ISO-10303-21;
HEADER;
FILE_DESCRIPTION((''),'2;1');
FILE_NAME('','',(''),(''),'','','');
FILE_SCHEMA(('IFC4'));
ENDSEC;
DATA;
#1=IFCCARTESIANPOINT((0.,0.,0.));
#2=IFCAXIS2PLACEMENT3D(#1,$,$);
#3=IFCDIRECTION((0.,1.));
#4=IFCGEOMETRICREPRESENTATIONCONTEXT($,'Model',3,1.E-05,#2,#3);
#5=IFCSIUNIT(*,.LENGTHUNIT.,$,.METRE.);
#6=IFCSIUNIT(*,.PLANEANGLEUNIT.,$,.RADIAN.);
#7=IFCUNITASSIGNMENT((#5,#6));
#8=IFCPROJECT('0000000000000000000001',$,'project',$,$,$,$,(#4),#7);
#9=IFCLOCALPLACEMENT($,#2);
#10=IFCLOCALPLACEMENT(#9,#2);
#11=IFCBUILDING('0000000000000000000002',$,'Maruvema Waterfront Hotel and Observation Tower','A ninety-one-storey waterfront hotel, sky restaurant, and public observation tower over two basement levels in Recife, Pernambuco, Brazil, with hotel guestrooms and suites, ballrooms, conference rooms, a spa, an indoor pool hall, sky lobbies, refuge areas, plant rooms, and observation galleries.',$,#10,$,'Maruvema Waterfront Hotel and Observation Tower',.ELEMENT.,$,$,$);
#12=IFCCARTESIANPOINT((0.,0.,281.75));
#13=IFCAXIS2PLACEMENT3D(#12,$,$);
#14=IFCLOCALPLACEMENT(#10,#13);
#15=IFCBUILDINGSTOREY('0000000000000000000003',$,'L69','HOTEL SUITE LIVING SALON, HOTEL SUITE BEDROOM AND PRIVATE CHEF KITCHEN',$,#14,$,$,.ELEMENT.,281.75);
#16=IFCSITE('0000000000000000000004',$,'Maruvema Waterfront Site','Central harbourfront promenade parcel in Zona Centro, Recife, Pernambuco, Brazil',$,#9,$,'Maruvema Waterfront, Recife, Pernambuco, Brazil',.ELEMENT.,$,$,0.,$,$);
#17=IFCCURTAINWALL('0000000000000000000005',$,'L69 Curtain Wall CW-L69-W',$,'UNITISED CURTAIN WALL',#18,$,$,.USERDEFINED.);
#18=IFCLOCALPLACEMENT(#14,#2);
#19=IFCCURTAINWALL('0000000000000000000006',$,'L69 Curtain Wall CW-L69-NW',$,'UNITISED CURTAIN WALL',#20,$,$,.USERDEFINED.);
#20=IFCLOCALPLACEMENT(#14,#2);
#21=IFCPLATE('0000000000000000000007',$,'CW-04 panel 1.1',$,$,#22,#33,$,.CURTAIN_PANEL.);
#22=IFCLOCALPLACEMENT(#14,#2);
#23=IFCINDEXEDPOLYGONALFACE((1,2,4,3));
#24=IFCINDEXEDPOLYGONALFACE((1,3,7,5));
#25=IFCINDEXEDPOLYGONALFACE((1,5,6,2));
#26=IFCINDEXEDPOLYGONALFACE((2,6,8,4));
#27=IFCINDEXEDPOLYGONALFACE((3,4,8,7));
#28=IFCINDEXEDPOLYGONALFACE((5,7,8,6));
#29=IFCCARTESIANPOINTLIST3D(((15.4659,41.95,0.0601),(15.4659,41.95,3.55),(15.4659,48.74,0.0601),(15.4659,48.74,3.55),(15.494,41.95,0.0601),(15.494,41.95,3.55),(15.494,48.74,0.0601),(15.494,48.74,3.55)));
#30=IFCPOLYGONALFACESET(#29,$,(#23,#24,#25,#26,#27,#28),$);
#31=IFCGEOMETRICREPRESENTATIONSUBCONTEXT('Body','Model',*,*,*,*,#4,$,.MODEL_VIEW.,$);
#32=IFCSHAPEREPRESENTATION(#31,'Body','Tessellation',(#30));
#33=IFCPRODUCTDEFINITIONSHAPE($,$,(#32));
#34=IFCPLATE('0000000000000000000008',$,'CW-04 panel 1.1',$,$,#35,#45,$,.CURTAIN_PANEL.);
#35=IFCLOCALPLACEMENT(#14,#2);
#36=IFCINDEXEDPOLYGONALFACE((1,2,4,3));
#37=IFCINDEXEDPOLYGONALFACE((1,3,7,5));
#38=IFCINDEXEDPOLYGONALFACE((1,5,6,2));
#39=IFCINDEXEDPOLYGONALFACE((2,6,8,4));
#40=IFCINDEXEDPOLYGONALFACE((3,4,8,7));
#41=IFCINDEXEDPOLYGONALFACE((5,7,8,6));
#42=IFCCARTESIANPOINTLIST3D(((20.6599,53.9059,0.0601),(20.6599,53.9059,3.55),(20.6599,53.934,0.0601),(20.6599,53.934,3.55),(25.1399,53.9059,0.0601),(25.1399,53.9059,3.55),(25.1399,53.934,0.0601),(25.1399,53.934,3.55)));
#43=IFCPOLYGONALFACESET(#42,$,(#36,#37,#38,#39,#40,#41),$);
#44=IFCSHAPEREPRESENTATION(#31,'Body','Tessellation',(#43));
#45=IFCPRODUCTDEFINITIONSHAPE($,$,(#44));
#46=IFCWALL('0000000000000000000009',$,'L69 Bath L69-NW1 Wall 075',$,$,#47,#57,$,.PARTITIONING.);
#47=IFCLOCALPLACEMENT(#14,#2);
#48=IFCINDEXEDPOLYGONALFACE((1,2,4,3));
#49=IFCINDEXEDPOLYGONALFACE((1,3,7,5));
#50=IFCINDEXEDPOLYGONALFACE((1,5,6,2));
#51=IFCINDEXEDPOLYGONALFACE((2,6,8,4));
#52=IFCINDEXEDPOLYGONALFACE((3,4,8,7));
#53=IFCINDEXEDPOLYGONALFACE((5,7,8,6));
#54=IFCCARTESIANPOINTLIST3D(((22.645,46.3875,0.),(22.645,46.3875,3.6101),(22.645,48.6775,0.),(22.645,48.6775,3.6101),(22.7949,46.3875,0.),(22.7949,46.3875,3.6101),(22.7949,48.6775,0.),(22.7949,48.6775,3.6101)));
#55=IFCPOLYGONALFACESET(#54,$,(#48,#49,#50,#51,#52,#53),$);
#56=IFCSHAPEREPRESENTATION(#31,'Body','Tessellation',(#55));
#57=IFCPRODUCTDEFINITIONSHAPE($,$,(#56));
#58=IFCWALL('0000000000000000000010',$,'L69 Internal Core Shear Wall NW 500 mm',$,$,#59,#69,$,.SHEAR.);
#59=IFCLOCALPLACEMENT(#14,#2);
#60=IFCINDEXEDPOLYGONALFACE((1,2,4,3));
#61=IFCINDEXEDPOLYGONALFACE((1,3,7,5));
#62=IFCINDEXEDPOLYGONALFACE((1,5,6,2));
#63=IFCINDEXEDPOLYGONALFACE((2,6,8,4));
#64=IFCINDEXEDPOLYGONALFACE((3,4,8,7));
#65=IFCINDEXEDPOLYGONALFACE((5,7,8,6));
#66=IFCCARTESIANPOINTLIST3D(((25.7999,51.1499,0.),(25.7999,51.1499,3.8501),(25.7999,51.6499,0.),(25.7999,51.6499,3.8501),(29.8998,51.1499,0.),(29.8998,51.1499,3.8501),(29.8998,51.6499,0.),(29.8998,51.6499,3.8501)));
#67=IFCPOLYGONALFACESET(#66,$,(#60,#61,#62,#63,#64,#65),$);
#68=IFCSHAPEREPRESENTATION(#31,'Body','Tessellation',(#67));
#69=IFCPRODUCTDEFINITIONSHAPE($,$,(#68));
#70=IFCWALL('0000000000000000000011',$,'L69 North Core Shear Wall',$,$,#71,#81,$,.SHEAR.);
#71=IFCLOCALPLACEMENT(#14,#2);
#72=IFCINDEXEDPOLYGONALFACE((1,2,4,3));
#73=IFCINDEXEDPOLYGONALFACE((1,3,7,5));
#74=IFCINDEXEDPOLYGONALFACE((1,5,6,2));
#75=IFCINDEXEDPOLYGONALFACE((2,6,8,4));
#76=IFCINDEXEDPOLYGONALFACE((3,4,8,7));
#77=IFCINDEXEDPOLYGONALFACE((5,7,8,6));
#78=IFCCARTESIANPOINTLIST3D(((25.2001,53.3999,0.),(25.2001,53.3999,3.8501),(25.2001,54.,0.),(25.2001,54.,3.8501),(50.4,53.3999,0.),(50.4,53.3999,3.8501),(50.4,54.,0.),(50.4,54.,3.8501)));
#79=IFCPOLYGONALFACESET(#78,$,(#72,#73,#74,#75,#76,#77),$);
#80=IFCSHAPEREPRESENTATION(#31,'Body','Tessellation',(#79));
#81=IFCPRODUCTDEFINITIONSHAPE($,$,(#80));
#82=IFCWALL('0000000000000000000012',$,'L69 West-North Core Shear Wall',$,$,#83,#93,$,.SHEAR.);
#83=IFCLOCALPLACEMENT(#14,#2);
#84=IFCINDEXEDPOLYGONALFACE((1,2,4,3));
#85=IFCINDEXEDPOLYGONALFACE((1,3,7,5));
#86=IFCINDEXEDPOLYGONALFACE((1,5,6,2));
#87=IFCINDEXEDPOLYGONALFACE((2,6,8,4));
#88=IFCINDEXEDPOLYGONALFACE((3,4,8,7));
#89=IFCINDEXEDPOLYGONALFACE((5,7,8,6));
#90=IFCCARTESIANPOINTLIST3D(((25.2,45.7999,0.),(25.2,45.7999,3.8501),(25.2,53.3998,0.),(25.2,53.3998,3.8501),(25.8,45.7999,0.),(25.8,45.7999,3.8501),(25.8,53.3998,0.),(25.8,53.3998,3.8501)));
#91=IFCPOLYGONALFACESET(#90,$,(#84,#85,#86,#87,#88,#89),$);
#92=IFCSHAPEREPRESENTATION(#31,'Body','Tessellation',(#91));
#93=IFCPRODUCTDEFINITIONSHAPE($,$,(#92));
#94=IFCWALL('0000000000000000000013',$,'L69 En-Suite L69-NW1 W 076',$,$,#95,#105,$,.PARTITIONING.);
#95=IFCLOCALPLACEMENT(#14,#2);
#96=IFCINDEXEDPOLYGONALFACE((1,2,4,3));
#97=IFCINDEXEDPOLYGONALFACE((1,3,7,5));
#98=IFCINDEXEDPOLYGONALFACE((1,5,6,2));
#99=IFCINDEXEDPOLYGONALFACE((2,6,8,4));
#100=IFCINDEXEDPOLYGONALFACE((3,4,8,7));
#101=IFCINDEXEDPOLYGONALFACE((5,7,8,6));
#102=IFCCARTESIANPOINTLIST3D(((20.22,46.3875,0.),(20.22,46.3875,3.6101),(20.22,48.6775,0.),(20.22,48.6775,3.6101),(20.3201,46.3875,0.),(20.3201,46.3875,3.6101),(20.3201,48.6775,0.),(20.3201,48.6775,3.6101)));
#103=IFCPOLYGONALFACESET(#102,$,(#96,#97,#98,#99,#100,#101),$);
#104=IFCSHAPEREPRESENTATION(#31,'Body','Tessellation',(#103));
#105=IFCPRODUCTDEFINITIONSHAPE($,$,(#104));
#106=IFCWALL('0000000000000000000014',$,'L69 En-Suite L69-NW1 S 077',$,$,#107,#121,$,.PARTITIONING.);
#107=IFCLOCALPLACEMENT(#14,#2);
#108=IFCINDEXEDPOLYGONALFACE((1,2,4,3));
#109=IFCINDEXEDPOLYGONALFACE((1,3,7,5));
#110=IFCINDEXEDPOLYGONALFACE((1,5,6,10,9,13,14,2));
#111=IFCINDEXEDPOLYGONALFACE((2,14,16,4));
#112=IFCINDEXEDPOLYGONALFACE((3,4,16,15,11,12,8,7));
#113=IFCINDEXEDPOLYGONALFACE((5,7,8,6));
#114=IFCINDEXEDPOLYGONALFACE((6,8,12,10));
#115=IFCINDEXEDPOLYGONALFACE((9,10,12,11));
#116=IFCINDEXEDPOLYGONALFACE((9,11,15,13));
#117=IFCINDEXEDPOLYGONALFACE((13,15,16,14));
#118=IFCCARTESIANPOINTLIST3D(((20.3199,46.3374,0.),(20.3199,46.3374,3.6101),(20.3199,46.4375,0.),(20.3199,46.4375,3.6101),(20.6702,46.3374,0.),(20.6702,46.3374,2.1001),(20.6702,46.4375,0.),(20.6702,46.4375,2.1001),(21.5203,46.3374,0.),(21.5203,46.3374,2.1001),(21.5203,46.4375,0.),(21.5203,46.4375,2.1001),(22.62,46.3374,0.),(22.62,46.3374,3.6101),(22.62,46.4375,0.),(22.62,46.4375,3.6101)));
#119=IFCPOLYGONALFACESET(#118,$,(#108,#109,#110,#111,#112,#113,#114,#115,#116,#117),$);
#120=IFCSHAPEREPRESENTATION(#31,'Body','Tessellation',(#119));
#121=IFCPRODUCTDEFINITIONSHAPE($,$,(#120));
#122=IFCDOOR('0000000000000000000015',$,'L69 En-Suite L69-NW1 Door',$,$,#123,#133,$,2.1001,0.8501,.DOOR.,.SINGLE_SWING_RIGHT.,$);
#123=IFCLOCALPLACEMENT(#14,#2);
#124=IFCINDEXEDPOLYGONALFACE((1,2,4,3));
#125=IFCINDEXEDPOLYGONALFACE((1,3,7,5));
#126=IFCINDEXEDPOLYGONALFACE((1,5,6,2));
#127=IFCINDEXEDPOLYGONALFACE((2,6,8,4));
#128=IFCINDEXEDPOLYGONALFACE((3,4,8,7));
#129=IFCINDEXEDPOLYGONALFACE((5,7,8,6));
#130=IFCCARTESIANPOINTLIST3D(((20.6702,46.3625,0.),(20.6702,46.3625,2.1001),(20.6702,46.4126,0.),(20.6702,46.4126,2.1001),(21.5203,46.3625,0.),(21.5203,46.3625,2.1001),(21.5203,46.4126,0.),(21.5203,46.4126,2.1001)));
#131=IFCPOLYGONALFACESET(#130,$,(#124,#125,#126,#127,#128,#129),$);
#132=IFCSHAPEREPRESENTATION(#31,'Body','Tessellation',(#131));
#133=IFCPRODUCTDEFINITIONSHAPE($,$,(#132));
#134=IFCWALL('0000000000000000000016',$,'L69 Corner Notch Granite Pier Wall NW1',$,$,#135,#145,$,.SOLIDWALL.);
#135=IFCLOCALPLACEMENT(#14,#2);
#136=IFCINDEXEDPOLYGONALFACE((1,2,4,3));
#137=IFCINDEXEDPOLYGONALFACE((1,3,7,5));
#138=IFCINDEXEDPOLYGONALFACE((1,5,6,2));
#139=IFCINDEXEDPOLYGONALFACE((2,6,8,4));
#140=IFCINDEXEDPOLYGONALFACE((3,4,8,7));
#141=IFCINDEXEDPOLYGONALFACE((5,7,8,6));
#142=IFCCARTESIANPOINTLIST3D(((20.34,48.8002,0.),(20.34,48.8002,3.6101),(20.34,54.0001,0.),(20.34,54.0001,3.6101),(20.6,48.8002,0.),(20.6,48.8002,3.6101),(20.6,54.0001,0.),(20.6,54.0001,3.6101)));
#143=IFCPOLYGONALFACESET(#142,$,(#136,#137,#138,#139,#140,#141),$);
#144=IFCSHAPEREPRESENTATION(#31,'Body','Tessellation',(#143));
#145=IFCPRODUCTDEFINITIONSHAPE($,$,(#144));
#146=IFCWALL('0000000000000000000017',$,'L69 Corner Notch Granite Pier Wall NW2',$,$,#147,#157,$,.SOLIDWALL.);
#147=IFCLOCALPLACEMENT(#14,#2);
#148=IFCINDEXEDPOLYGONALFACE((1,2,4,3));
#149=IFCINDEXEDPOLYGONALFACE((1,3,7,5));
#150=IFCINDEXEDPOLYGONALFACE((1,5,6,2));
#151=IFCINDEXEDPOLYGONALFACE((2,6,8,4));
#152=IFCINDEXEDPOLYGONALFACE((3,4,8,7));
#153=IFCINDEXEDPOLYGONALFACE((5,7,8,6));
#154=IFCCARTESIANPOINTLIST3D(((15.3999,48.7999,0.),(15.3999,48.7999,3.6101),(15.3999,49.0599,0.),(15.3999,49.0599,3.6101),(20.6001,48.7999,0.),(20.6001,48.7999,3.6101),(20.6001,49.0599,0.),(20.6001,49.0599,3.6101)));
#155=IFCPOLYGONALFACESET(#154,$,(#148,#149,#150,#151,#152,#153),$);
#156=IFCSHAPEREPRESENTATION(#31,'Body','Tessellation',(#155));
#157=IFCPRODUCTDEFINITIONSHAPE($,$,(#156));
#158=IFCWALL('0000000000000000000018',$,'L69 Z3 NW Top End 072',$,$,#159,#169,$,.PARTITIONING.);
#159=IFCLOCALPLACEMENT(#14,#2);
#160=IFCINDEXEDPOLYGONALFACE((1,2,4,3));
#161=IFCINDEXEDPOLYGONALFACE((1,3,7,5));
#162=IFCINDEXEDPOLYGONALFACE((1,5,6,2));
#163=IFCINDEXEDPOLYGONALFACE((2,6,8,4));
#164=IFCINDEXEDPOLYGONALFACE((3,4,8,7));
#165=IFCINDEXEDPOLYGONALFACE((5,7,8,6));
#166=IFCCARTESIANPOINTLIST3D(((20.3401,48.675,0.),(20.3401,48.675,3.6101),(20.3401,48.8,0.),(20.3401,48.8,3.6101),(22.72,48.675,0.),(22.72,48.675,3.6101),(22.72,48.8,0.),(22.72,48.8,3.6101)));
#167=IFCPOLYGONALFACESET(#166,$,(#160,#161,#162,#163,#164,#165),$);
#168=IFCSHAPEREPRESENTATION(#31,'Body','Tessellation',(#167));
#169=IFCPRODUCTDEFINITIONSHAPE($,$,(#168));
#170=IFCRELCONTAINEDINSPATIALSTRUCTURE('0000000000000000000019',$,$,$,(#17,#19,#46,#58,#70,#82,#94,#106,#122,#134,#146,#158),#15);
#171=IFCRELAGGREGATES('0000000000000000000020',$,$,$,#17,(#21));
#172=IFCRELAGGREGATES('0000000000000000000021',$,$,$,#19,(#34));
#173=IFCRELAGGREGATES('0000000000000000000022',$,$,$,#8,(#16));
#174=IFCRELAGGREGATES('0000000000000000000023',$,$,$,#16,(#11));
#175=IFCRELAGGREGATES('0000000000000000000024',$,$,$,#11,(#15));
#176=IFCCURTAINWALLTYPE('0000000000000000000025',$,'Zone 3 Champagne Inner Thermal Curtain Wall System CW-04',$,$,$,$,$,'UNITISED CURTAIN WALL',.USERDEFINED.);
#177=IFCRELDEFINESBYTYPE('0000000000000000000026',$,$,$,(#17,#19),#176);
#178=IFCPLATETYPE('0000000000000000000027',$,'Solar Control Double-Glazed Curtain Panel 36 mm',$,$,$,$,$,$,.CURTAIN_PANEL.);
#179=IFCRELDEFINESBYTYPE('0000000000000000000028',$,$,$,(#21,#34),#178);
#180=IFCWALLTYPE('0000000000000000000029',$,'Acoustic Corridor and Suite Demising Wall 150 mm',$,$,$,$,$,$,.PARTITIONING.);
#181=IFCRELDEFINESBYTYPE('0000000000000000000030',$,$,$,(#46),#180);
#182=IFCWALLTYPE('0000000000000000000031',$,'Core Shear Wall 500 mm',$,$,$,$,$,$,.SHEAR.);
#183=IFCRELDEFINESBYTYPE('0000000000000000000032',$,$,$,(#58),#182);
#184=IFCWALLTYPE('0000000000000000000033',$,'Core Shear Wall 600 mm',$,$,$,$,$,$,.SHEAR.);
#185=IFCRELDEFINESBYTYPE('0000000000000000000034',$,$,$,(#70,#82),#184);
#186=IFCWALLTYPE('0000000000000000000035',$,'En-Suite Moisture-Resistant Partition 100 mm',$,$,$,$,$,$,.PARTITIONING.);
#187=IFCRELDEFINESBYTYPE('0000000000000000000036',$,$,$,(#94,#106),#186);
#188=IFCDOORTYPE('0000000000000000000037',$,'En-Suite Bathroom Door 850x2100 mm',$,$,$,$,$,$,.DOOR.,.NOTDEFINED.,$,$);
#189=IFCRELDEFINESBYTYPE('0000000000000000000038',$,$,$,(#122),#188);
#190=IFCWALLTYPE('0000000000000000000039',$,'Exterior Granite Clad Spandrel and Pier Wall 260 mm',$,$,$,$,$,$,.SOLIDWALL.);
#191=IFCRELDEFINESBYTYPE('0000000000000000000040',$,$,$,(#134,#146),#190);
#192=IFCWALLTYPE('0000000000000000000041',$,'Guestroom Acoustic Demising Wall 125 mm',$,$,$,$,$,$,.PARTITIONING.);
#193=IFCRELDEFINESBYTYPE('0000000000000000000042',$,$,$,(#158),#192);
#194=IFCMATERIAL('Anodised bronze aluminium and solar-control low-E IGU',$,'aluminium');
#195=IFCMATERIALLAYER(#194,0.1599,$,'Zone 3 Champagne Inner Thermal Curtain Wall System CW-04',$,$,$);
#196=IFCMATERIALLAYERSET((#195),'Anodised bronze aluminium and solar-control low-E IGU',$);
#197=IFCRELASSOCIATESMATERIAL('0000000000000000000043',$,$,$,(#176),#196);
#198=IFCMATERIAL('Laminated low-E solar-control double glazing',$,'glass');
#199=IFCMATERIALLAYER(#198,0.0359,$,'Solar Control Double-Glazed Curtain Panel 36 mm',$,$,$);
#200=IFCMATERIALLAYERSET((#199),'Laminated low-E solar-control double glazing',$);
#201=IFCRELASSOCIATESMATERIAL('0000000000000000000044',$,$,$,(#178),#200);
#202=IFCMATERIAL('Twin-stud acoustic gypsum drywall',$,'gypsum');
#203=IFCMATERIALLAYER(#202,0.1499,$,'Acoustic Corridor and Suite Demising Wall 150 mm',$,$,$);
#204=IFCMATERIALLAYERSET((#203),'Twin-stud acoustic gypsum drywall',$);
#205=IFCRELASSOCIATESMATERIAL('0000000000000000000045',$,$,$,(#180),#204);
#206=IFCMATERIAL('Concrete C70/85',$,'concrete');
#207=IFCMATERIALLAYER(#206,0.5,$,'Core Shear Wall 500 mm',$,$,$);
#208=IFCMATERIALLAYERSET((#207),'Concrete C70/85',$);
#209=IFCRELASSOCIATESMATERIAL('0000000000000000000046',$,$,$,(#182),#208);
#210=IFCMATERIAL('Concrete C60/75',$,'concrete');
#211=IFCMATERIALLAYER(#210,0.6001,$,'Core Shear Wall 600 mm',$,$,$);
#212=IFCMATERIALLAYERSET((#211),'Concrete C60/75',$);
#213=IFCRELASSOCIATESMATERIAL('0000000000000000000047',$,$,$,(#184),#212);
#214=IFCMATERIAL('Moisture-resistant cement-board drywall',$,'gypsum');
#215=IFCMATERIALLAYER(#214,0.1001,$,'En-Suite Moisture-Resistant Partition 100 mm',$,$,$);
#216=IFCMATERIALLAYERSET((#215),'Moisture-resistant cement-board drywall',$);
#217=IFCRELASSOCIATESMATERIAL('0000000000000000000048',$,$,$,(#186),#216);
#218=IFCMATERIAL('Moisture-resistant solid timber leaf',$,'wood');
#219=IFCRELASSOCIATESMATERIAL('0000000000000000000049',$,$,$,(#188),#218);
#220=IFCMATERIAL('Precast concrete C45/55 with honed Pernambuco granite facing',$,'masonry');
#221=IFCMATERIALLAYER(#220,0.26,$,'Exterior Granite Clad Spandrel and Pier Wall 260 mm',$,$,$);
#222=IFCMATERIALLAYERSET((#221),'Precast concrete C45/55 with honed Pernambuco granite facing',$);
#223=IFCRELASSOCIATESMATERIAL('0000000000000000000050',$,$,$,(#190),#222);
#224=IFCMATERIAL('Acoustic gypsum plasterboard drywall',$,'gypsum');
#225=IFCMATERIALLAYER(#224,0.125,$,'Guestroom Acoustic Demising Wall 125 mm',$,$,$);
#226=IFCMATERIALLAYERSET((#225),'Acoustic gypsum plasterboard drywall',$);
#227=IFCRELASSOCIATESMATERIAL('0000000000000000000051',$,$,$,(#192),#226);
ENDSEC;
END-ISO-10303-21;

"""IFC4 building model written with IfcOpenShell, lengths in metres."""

from ifc_helpers import new_model, si_unit, direction, frame, frame_2d, origin, origin_2d, place, context, subcontext, project, spatial, rectangle, extrude, material, layer, layer_set, type_object, element, fill, aggregate, save


model = new_model("IFC4")

# Units and contexts
model_context = context("Model", 3, precision=1e-05, world=origin(), true_north=direction((0.0, 1.0)))
body_context = subcontext(model_context, "Body", "Model", "MODEL_VIEW")
ifc_project = project(units=[si_unit("LENGTHUNIT", "METRE"), si_unit("PLANEANGLEUNIT", "RADIAN")], contexts=[model_context])

# Site, building, storey
site_placement = place(None, origin())
site = spatial("IfcSite", under=ifc_project, at=site_placement, Name="Maruvema Waterfront Site", Description="Central harbourfront promenade parcel in Zona Centro, Recife, Pernambuco, Brazil", LongName="Maruvema Waterfront, Recife, Pernambuco, Brazil", CompositionType="ELEMENT", RefElevation=0.0)
building_placement = place(site_placement, origin())
building = spatial("IfcBuilding", under=site, at=building_placement, Name="Maruvema Waterfront Hotel and Observation Tower", Description="A ninety-one-storey waterfront hotel, sky restaurant, and public observation tower over two basement levels in Recife, Pernambuco, Brazil, with hotel guestrooms and suites, ballrooms, conference rooms, a spa, an indoor pool hall, sky lobbies, refuge areas, plant rooms, and observation galleries.", LongName="Maruvema Waterfront Hotel and Observation Tower", CompositionType="ELEMENT")
storey_placement = place(building_placement, frame((0.0, 0.0, 281.75)))
storey = spatial("IfcBuildingStorey", under=building, at=storey_placement, Name="L69", Description="HOTEL SUITE LIVING SALON, HOTEL SUITE BEDROOM AND PRIVATE CHEF KITCHEN", CompositionType="ELEMENT", Elevation=281.75)

# Curtain walls
ifc_material_1 = material(Name="Anodised bronze aluminium and solar-control low-E IGU", Category="aluminium")
ifc_layer_1 = layer(ifc_material_1, 0.1599, Name="Zone 3 Champagne Inner Thermal Curtain Wall System CW-04")
ifc_layer_set_1 = layer_set([ifc_layer_1], Name="Anodised bronze aluminium and solar-control low-E IGU")
curtain_wall_type = type_object("IfcCurtainWallType", Name="Zone 3 Champagne Inner Thermal Curtain Wall System CW-04", ElementType="UNITISED CURTAIN WALL", PredefinedType="USERDEFINED", material=ifc_layer_set_1)
curtain_wall_1_placement = place(storey_placement, origin())
curtain_wall_1 = element("IfcCurtainWall", 1, at=curtain_wall_1_placement, inside=storey, type_object=curtain_wall_type, Name="L69 Curtain Wall CW-L69-W", ObjectType="UNITISED CURTAIN WALL", PredefinedType="USERDEFINED")
curtain_wall_2_placement = place(storey_placement, origin())
curtain_wall_2 = element("IfcCurtainWall", 2, at=curtain_wall_2_placement, inside=storey, type_object=curtain_wall_type, Name="L69 Curtain Wall CW-L69-NW", ObjectType="UNITISED CURTAIN WALL", PredefinedType="USERDEFINED")

# Plates
ifc_material_2 = material(Name="Laminated low-E solar-control double glazing", Category="glass")
ifc_layer_2 = layer(ifc_material_2, 0.0359, Name="Solar Control Double-Glazed Curtain Panel 36 mm")
ifc_layer_set_2 = layer_set([ifc_layer_2], Name="Laminated low-E solar-control double glazing")
plate_type = type_object("IfcPlateType", Name="Solar Control Double-Glazed Curtain Panel 36 mm", PredefinedType="CURTAIN_PANEL", material=ifc_layer_set_2)
plate_1_placement = place(storey_placement, frame((15.48, 45.345, 0.0601), z_axis=(0.0, 0.0, 1.0), x_axis=(0.0, -1.0, 0.0)))
plate_1 = element("IfcPlate", 3, at=plate_1_placement, type_object=plate_type, Name="CW-04 panel 1.1", PredefinedType="CURTAIN_PANEL", context=body_context, shape_type="SweptSolid", body=[
    extrude(rectangle(XDim=6.79, YDim=0.0281, at=origin_2d()), origin(), (0.0, 0.0, 1.0), 3.49),
])
aggregate(curtain_wall_1, [plate_1])
plate_2_placement = place(storey_placement, frame((22.8999, 53.9199, 0.0601), z_axis=(0.0, 0.0, 1.0), x_axis=(-1.0, 0.0, 0.0)))
plate_2 = element("IfcPlate", 4, at=plate_2_placement, type_object=plate_type, Name="CW-04 panel 1.1", PredefinedType="CURTAIN_PANEL", context=body_context, shape_type="SweptSolid", body=[
    extrude(rectangle(XDim=4.48, YDim=0.0281, at=origin_2d()), origin(), (0.0, 0.0, 1.0), 3.49),
])
aggregate(curtain_wall_2, [plate_2])

# Walls
ifc_material_3 = material(Name="Twin-stud acoustic gypsum drywall", Category="gypsum")
ifc_layer_3 = layer(ifc_material_3, 0.1499, Name="Acoustic Corridor and Suite Demising Wall 150 mm")
ifc_layer_set_3 = layer_set([ifc_layer_3], Name="Twin-stud acoustic gypsum drywall")
wall_type_1 = type_object("IfcWallType", Name="Acoustic Corridor and Suite Demising Wall 150 mm", PredefinedType="PARTITIONING", material=ifc_layer_set_3)
wall_1_placement = place(storey_placement, frame((22.72, 46.3875, 0.0), z_axis=(0.0, 0.0, 1.0), x_axis=(0.0, 1.0, 0.0)))
element("IfcWall", 5, at=wall_1_placement, inside=storey, type_object=wall_type_1, Name="L69 Bath L69-NW1 Wall 075", PredefinedType="PARTITIONING", context=body_context, shape_type="SweptSolid", body=[
    extrude(rectangle(XDim=2.29, YDim=0.1499, at=frame_2d((1.145, 0.0))), origin(), (0.0, 0.0, 1.0), 3.6101),
])
ifc_material_4 = material(Name="Concrete C70/85", Category="concrete")
ifc_layer_4 = layer(ifc_material_4, 0.5, Name="Core Shear Wall 500 mm")
ifc_layer_set_4 = layer_set([ifc_layer_4], Name="Concrete C70/85")
wall_type_2 = type_object("IfcWallType", Name="Core Shear Wall 500 mm", PredefinedType="SHEAR", material=ifc_layer_set_4)
wall_2_placement = place(storey_placement, frame((25.8, 51.3999, 0.0), z_axis=(0.0, 0.0, 1.0), x_axis=(1.0, 0.0, 0.0)))
element("IfcWall", 6, at=wall_2_placement, inside=storey, type_object=wall_type_2, Name="L69 Internal Core Shear Wall NW 500 mm", PredefinedType="SHEAR", context=body_context, shape_type="SweptSolid", body=[
    extrude(rectangle(XDim=4.0999, YDim=0.5, at=frame_2d((2.0498, 0.0))), origin(), (0.0, 0.0, 1.0), 3.8501),
])
ifc_material_5 = material(Name="Concrete C60/75", Category="concrete")
ifc_layer_5 = layer(ifc_material_5, 0.6001, Name="Core Shear Wall 600 mm")
ifc_layer_set_5 = layer_set([ifc_layer_5], Name="Concrete C60/75")
wall_type_3 = type_object("IfcWallType", Name="Core Shear Wall 600 mm", PredefinedType="SHEAR", material=ifc_layer_set_5)
wall_3_placement = place(storey_placement, frame((25.2, 53.7, 0.0), z_axis=(0.0, 0.0, 1.0), x_axis=(1.0, 0.0, 0.0)))
element("IfcWall", 7, at=wall_3_placement, inside=storey, type_object=wall_type_3, Name="L69 North Core Shear Wall", PredefinedType="SHEAR", context=body_context, shape_type="SweptSolid", body=[
    extrude(rectangle(XDim=25.2, YDim=0.6001, at=frame_2d((12.6001, 0.0))), origin(), (0.0, 0.0, 1.0), 3.8501),
])
wall_4_placement = place(storey_placement, frame((25.5, 45.8, 0.0), z_axis=(0.0, 0.0, 1.0), x_axis=(0.0, 1.0, 0.0)))
element("IfcWall", 8, at=wall_4_placement, inside=storey, type_object=wall_type_3, Name="L69 West-North Core Shear Wall", PredefinedType="SHEAR", context=body_context, shape_type="SweptSolid", body=[
    extrude(rectangle(XDim=7.5999, YDim=0.6001, at=frame_2d((3.7998, 0.0))), origin(), (0.0, 0.0, 1.0), 3.8501),
])
ifc_material_6 = material(Name="Moisture-resistant cement-board drywall", Category="gypsum")
ifc_layer_6 = layer(ifc_material_6, 0.1001, Name="En-Suite Moisture-Resistant Partition 100 mm")
ifc_layer_set_6 = layer_set([ifc_layer_6], Name="Moisture-resistant cement-board drywall")
wall_type_4 = type_object("IfcWallType", Name="En-Suite Moisture-Resistant Partition 100 mm", PredefinedType="PARTITIONING", material=ifc_layer_set_6)
wall_5_placement = place(storey_placement, frame((20.27, 46.3875, 0.0), z_axis=(0.0, 0.0, 1.0), x_axis=(0.0, 1.0, 0.0)))
element("IfcWall", 9, at=wall_5_placement, inside=storey, type_object=wall_type_4, Name="L69 En-Suite L69-NW1 W 076", PredefinedType="PARTITIONING", context=body_context, shape_type="SweptSolid", body=[
    extrude(rectangle(XDim=2.29, YDim=0.1001, at=frame_2d((1.145, 0.0))), origin(), (0.0, 0.0, 1.0), 3.6101),
])

# Wall, opening, door
wall_6_placement = place(storey_placement, frame((20.3201, 46.3875, 0.0), z_axis=(0.0, 0.0, 1.0), x_axis=(1.0, 0.0, 0.0)))
wall_6 = element("IfcWall", 10, at=wall_6_placement, inside=storey, type_object=wall_type_4, Name="L69 En-Suite L69-NW1 S 077", PredefinedType="PARTITIONING", context=body_context, shape_type="SweptSolid", body=[
    extrude(rectangle(XDim=2.3, YDim=0.1001, at=frame_2d((1.1499, 0.0))), origin(), (0.0, 0.0, 1.0), 3.6101),
])
opening_placement = place(wall_6_placement, frame((0.3501, 0.0, 0.0)))
opening = element("IfcOpeningElement", 11, at=opening_placement, cuts=wall_6, PredefinedType="OPENING", context=body_context, shape_type="SweptSolid", body=[
    extrude(rectangle(XDim=0.8501, YDim=2.1001, at=frame_2d((0.425, 1.05))), frame((0.0, 0.0601, 0.0), z_axis=(0.0, -1.0, 0.0), x_axis=(1.0, 0.0, 0.0)), (0.0, 0.0, 1.0), 0.1201),
])
ifc_material_7 = material(Name="Moisture-resistant solid timber leaf", Category="wood")
door_type = type_object("IfcDoorType", Name="En-Suite Bathroom Door 850x2100 mm", OperationType="NOTDEFINED", PredefinedType="DOOR", material=ifc_material_7)
door_placement = place(opening_placement, frame((0.8501, 0.0, 0.0), z_axis=(0.0, 0.0, 1.0), x_axis=(-1.0, 0.0, 0.0)))
door = element("IfcDoor", 12, at=door_placement, inside=storey, type_object=door_type, Name="L69 En-Suite L69-NW1 Door", OperationType="SINGLE_SWING_RIGHT", OverallHeight=2.1001, OverallWidth=0.8501, PredefinedType="DOOR", context=body_context, shape_type="SweptSolid", body=[
    extrude(rectangle(XDim=0.8501, YDim=2.1001, at=frame_2d((0.425, 1.05))), frame((0.0, 0.0249, 0.0), z_axis=(0.0, -1.0, 0.0), x_axis=(1.0, 0.0, 0.0)), (0.0, 0.0, 1.0), 0.05),
])
fill(opening, door)

# Walls
ifc_material_8 = material(Name="Precast concrete C45/55 with honed Pernambuco granite facing", Category="masonry")
ifc_layer_7 = layer(ifc_material_8, 0.26, Name="Exterior Granite Clad Spandrel and Pier Wall 260 mm")
ifc_layer_set_7 = layer_set([ifc_layer_7], Name="Precast concrete C45/55 with honed Pernambuco granite facing")
wall_type_5 = type_object("IfcWallType", Name="Exterior Granite Clad Spandrel and Pier Wall 260 mm", PredefinedType="SOLIDWALL", material=ifc_layer_set_7)
wall_7_placement = place(storey_placement, frame((20.47, 48.8, 0.0), z_axis=(0.0, 0.0, 1.0), x_axis=(0.0, 1.0, 0.0)))
element("IfcWall", 13, at=wall_7_placement, inside=storey, type_object=wall_type_5, Name="L69 Corner Notch Granite Pier Wall NW1", PredefinedType="SOLIDWALL", context=body_context, shape_type="SweptSolid", body=[
    extrude(rectangle(XDim=5.2, YDim=0.26, at=frame_2d((2.6001, 0.0))), origin(), (0.0, 0.0, 1.0), 3.6101),
])
wall_8_placement = place(storey_placement, frame((15.3999, 48.9299, 0.0), z_axis=(0.0, 0.0, 1.0), x_axis=(1.0, 0.0, 0.0)))
element("IfcWall", 14, at=wall_8_placement, inside=storey, type_object=wall_type_5, Name="L69 Corner Notch Granite Pier Wall NW2", PredefinedType="SOLIDWALL", context=body_context, shape_type="SweptSolid", body=[
    extrude(rectangle(XDim=5.2002, YDim=0.26, at=frame_2d((2.6001, 0.0))), origin(), (0.0, 0.0, 1.0), 3.6101),
])
ifc_material_9 = material(Name="Acoustic gypsum plasterboard drywall", Category="gypsum")
ifc_layer_8 = layer(ifc_material_9, 0.125, Name="Guestroom Acoustic Demising Wall 125 mm")
ifc_layer_set_8 = layer_set([ifc_layer_8], Name="Acoustic gypsum plasterboard drywall")
wall_type_6 = type_object("IfcWallType", Name="Guestroom Acoustic Demising Wall 125 mm", PredefinedType="PARTITIONING", material=ifc_layer_set_8)
wall_9_placement = place(storey_placement, frame((20.3401, 48.7375, 0.0), z_axis=(0.0, 0.0, 1.0), x_axis=(1.0, 0.0, 0.0)))
element("IfcWall", 15, at=wall_9_placement, inside=storey, type_object=wall_type_6, Name="L69 Z3 NW Top End 072", PredefinedType="PARTITIONING", context=body_context, shape_type="SweptSolid", body=[
    extrude(rectangle(XDim=2.3799, YDim=0.125, at=frame_2d((1.1899, 0.0))), origin(), (0.0, 0.0, 1.0), 3.6101),
])

save(model, "model.ifc")
